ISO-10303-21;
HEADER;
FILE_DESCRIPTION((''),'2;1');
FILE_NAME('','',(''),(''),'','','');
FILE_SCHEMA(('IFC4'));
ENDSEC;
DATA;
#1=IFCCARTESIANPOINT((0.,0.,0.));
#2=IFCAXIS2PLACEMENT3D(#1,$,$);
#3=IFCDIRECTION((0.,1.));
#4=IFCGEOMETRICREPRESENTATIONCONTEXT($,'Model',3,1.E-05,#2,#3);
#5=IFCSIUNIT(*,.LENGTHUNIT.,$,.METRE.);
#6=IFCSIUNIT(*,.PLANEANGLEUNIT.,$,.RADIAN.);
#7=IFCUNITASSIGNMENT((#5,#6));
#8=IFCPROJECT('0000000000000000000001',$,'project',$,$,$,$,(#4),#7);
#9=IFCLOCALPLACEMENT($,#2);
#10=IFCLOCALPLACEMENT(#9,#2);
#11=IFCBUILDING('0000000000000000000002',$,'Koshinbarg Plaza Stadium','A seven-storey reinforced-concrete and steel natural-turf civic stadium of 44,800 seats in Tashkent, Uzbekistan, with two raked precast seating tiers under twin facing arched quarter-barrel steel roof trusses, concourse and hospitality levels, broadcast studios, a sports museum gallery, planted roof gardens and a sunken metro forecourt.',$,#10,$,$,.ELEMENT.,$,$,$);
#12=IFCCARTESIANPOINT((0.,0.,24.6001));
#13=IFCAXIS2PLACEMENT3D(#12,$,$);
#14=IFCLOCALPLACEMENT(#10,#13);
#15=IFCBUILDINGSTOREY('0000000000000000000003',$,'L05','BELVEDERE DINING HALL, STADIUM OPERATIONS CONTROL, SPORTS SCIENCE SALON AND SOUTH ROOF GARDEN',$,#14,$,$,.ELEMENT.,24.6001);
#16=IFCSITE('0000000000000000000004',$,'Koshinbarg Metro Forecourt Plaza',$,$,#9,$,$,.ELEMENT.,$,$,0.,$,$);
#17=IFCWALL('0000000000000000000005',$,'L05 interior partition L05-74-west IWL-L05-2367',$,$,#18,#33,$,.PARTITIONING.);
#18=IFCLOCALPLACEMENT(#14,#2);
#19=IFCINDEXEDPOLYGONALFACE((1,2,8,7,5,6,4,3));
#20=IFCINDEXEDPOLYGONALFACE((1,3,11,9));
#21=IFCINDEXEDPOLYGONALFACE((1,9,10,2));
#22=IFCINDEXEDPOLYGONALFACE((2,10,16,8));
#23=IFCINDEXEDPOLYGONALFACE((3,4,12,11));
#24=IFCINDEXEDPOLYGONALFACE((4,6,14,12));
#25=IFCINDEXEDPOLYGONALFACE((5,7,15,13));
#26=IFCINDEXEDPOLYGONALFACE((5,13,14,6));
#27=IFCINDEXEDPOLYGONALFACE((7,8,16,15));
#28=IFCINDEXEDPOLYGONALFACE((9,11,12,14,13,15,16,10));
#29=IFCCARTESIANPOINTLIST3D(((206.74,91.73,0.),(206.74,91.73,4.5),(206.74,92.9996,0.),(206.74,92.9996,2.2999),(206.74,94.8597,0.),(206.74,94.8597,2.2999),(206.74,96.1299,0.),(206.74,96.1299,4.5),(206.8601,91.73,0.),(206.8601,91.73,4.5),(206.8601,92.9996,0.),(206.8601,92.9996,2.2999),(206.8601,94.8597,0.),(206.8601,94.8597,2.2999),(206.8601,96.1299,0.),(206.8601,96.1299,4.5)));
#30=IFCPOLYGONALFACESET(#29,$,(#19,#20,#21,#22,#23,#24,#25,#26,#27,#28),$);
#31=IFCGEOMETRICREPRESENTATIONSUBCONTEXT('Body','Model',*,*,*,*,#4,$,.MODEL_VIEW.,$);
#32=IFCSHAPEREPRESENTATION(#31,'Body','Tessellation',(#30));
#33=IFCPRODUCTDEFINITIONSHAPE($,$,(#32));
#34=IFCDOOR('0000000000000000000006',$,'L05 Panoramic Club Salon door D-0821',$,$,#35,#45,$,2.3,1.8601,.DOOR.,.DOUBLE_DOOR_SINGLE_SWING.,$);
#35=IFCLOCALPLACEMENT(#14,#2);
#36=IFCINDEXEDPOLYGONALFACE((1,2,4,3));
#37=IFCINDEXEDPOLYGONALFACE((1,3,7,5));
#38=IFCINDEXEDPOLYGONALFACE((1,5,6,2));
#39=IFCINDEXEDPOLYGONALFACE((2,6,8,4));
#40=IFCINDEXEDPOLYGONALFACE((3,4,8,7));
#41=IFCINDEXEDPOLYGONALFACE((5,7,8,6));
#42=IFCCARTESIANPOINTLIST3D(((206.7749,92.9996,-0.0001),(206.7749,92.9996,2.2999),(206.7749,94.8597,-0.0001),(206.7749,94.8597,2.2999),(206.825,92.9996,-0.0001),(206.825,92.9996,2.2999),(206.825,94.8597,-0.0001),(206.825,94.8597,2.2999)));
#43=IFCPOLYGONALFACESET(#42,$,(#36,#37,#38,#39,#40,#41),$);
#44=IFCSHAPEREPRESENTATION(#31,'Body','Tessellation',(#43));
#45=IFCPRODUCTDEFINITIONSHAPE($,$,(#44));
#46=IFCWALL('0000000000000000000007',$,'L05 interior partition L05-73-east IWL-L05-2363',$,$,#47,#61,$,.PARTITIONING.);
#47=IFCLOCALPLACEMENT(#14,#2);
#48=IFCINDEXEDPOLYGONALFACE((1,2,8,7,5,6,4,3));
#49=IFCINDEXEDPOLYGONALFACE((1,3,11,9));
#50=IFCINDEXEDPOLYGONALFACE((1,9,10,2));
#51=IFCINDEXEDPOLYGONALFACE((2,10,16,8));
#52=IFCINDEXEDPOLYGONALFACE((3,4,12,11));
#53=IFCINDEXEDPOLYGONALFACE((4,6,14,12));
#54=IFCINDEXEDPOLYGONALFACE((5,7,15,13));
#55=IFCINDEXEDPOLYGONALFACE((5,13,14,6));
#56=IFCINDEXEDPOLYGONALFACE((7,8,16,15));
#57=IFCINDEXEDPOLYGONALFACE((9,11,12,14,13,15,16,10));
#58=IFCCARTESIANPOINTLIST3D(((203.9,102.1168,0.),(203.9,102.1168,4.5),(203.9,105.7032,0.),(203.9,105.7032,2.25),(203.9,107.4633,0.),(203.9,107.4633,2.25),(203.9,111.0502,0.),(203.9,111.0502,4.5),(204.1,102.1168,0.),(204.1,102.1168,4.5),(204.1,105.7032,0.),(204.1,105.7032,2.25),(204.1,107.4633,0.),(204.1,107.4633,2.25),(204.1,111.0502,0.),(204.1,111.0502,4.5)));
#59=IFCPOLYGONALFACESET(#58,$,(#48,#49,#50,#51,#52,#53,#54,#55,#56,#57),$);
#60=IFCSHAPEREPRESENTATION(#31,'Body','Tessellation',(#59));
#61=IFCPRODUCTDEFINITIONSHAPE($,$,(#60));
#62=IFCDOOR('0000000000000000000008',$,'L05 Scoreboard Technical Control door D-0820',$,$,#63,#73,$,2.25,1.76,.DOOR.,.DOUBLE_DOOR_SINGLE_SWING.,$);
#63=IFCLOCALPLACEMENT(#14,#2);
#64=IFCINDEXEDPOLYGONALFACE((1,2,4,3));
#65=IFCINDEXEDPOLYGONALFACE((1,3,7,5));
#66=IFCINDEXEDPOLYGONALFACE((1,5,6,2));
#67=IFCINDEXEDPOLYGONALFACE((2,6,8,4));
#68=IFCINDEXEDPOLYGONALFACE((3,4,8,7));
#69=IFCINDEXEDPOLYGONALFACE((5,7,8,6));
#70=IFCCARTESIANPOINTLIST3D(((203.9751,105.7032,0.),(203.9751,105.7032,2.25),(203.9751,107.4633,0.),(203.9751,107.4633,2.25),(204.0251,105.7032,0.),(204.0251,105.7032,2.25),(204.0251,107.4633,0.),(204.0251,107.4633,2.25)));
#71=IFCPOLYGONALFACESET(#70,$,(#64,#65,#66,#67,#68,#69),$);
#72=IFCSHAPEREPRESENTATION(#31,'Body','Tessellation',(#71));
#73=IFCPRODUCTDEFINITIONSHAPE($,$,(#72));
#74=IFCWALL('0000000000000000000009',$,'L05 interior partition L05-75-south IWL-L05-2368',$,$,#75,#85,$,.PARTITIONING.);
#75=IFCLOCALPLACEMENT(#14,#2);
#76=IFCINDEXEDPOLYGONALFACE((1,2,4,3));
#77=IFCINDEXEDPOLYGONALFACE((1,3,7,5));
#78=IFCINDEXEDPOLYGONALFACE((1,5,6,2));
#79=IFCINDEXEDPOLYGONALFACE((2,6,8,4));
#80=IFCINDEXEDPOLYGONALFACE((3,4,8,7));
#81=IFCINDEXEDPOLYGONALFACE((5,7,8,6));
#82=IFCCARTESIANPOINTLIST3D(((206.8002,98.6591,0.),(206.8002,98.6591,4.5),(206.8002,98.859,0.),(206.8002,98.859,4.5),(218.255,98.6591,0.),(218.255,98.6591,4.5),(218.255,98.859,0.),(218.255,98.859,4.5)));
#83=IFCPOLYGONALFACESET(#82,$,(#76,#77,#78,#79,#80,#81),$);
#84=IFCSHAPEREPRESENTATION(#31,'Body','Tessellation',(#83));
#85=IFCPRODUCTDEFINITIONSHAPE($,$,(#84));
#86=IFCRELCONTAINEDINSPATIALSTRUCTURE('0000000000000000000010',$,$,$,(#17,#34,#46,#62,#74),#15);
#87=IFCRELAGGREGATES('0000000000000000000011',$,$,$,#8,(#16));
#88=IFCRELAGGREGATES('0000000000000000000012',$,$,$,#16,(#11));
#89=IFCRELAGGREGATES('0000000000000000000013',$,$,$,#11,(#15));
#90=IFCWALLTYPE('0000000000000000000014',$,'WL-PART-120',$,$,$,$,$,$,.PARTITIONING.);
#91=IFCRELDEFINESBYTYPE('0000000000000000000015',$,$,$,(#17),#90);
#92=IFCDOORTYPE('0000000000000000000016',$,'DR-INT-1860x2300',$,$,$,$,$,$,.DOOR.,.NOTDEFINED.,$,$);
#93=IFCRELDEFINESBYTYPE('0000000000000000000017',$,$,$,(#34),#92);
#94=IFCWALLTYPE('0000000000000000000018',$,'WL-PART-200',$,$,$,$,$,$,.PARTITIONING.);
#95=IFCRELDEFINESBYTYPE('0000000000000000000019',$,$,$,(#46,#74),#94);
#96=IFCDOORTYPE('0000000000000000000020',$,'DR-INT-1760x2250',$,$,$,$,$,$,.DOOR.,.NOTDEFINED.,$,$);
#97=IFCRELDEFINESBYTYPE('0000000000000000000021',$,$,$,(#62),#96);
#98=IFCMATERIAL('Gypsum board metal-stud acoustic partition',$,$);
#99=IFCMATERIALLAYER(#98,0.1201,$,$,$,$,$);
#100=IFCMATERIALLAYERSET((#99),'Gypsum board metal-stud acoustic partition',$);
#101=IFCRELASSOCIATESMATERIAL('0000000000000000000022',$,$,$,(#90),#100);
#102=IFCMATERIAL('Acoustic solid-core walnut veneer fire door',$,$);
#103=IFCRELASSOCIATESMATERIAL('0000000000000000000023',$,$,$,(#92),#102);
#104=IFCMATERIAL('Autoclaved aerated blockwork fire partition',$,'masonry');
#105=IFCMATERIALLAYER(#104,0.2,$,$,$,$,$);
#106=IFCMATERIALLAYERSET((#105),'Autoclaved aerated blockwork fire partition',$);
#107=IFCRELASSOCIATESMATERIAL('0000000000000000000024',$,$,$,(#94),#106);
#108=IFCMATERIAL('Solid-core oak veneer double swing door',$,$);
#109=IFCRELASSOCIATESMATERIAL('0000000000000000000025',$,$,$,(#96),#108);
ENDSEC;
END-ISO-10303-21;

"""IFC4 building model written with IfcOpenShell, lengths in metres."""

from ifc_helpers import new_model, si_unit, direction, frame, frame_2d, origin, place, context, subcontext, project, spatial, rectangle, extrude, material, layer, layer_set, type_object, element, fill, save


model = new_model("IFC4")

# Units and contexts
model_context = context("Model", 3, precision=1e-05, world=origin(), true_north=direction((0.0, 1.0)))
body_context = subcontext(model_context, "Body", "Model", "MODEL_VIEW")
ifc_project = project(units=[si_unit("LENGTHUNIT", "METRE"), si_unit("PLANEANGLEUNIT", "RADIAN")], contexts=[model_context])

# Site, building, storey
site_placement = place(None, origin())
site = spatial("IfcSite", under=ifc_project, at=site_placement, Name="Koshinbarg Metro Forecourt Plaza", CompositionType="ELEMENT", RefElevation=0.0)
building_placement = place(site_placement, origin())
building = spatial("IfcBuilding", under=site, at=building_placement, Name="Koshinbarg Plaza Stadium", Description="A seven-storey reinforced-concrete and steel natural-turf civic stadium of 44,800 seats in Tashkent, Uzbekistan, with two raked precast seating tiers under twin facing arched quarter-barrel steel roof trusses, concourse and hospitality levels, broadcast studios, a sports museum gallery, planted roof gardens and a sunken metro forecourt.", CompositionType="ELEMENT")
storey_placement = place(building_placement, frame((0.0, 0.0, 24.6001)))
storey = spatial("IfcBuildingStorey", under=building, at=storey_placement, Name="L05", Description="BELVEDERE DINING HALL, STADIUM OPERATIONS CONTROL, SPORTS SCIENCE SALON AND SOUTH ROOF GARDEN", CompositionType="ELEMENT", Elevation=24.6001)

# Shared definitions
ifc_material_1 = material(Name="Gypsum board metal-stud acoustic partition")
ifc_layer_1 = layer(ifc_material_1, 0.1201)
ifc_layer_set_1 = layer_set([ifc_layer_1], Name="Gypsum board metal-stud acoustic partition")
wall_type_1 = type_object("IfcWallType", Name="WL-PART-120", PredefinedType="PARTITIONING", material=ifc_layer_set_1)

# Walls, openings, doors
wall_1_placement = place(storey_placement, frame((206.8, 96.1299, 0.0), z_axis=(0.0, 0.0, 1.0), x_axis=(0.0, -1.0, 0.0)))
wall_1 = element("IfcWall", 1, at=wall_1_placement, inside=storey, type_object=wall_type_1, Name="L05 interior partition L05-74-west IWL-L05-2367", PredefinedType="PARTITIONING", context=body_context, shape_type="SweptSolid", body=[
    extrude(rectangle(XDim=4.3999, YDim=0.1201, at=frame_2d((2.2, 0.0))), origin(), (0.0, 0.0, 1.0), 4.5),
])
opening_1_placement = place(wall_1_placement, frame((1.27, 0.0, 0.0)))
opening_1 = element("IfcOpeningElement", 2, at=opening_1_placement, cuts=wall_1, PredefinedType="OPENING", context=body_context, shape_type="SweptSolid", body=[
    extrude(rectangle(XDim=1.8601, YDim=2.3, at=frame_2d((0.9302, 1.1499))), frame((0.0, 0.0701, 0.0), z_axis=(0.0, -1.0, 0.0), x_axis=(1.0, 0.0, 0.0)), (0.0, 0.0, 1.0), 0.1401),
])
ifc_material_2 = material(Name="Acoustic solid-core walnut veneer fire door")
door_type_1 = type_object("IfcDoorType", Name="DR-INT-1860x2300", OperationType="NOTDEFINED", PredefinedType="DOOR", material=ifc_material_2)
door_1_placement = place(opening_1_placement, origin())
door_1 = element("IfcDoor", 3, at=door_1_placement, inside=storey, type_object=door_type_1, Name="L05 Panoramic Club Salon door D-0821", OperationType="DOUBLE_DOOR_SINGLE_SWING", OverallHeight=2.3, OverallWidth=1.8601, PredefinedType="DOOR", context=body_context, shape_type="SweptSolid", body=[
    extrude(rectangle(XDim=1.8601, YDim=2.3, at=frame_2d((0.9302, 1.1499))), frame((0.0, 0.0249, 0.0), z_axis=(0.0, -1.0, 0.0), x_axis=(1.0, 0.0, 0.0)), (0.0, 0.0, 1.0), 0.05),
])
fill(opening_1, door_1)
ifc_material_3 = material(Name="Autoclaved aerated blockwork fire partition", Category="masonry")
ifc_layer_2 = layer(ifc_material_3, 0.2)
ifc_layer_set_2 = layer_set([ifc_layer_2], Name="Autoclaved aerated blockwork fire partition")
wall_type_2 = type_object("IfcWallType", Name="WL-PART-200", PredefinedType="PARTITIONING", material=ifc_layer_set_2)
wall_2_placement = place(storey_placement, frame((204.0, 102.1167, 0.0), z_axis=(0.0, 0.0, 1.0), x_axis=(0.0, 1.0, 0.0)))
wall_2 = element("IfcWall", 4, at=wall_2_placement, inside=storey, type_object=wall_type_2, Name="L05 interior partition L05-73-east IWL-L05-2363", PredefinedType="PARTITIONING", context=body_context, shape_type="SweptSolid", body=[
    extrude(rectangle(XDim=8.9333, YDim=0.2, at=frame_2d((4.4668, 0.0))), origin(), (0.0, 0.0, 1.0), 4.5),
])
opening_2_placement = place(wall_2_placement, frame((3.5867, 0.0, 0.0)))
opening_2 = element("IfcOpeningElement", 5, at=opening_2_placement, cuts=wall_2, PredefinedType="OPENING", context=body_context, shape_type="SweptSolid", body=[
    extrude(rectangle(XDim=1.76, YDim=2.25, at=frame_2d((0.8799, 1.125))), frame((0.0, 0.1099, 0.0), z_axis=(0.0, -1.0, 0.0), x_axis=(1.0, 0.0, 0.0)), (0.0, 0.0, 1.0), 0.22),
])
ifc_material_4 = material(Name="Solid-core oak veneer double swing door")
door_type_2 = type_object("IfcDoorType", Name="DR-INT-1760x2250", OperationType="NOTDEFINED", PredefinedType="DOOR", material=ifc_material_4)
door_2_placement = place(opening_2_placement, origin())
door_2 = element("IfcDoor", 6, at=door_2_placement, inside=storey, type_object=door_type_2, Name="L05 Scoreboard Technical Control door D-0820", OperationType="DOUBLE_DOOR_SINGLE_SWING", OverallHeight=2.25, OverallWidth=1.76, PredefinedType="DOOR", context=body_context, shape_type="SweptSolid", body=[
    extrude(rectangle(XDim=1.76, YDim=2.25, at=frame_2d((0.8799, 1.125))), frame((0.0, 0.0249, 0.0), z_axis=(0.0, -1.0, 0.0), x_axis=(1.0, 0.0, 0.0)), (0.0, 0.0, 1.0), 0.05),
])
fill(opening_2, door_2)

# Wall
wall_3_placement = place(storey_placement, frame((206.8, 98.759, 0.0), z_axis=(0.0, 0.0, 1.0), x_axis=(1.0, 0.0, 0.0)))
element("IfcWall", 7, at=wall_3_placement, inside=storey, type_object=wall_type_2, Name="L05 interior partition L05-75-south IWL-L05-2368", PredefinedType="PARTITIONING", context=body_context, shape_type="SweptSolid", body=[
    extrude(rectangle(XDim=11.4548, YDim=0.2, at=frame_2d((5.7275, 0.0))), origin(), (0.0, 0.0, 1.0), 4.5),
])

save(model, "model.ifc")
